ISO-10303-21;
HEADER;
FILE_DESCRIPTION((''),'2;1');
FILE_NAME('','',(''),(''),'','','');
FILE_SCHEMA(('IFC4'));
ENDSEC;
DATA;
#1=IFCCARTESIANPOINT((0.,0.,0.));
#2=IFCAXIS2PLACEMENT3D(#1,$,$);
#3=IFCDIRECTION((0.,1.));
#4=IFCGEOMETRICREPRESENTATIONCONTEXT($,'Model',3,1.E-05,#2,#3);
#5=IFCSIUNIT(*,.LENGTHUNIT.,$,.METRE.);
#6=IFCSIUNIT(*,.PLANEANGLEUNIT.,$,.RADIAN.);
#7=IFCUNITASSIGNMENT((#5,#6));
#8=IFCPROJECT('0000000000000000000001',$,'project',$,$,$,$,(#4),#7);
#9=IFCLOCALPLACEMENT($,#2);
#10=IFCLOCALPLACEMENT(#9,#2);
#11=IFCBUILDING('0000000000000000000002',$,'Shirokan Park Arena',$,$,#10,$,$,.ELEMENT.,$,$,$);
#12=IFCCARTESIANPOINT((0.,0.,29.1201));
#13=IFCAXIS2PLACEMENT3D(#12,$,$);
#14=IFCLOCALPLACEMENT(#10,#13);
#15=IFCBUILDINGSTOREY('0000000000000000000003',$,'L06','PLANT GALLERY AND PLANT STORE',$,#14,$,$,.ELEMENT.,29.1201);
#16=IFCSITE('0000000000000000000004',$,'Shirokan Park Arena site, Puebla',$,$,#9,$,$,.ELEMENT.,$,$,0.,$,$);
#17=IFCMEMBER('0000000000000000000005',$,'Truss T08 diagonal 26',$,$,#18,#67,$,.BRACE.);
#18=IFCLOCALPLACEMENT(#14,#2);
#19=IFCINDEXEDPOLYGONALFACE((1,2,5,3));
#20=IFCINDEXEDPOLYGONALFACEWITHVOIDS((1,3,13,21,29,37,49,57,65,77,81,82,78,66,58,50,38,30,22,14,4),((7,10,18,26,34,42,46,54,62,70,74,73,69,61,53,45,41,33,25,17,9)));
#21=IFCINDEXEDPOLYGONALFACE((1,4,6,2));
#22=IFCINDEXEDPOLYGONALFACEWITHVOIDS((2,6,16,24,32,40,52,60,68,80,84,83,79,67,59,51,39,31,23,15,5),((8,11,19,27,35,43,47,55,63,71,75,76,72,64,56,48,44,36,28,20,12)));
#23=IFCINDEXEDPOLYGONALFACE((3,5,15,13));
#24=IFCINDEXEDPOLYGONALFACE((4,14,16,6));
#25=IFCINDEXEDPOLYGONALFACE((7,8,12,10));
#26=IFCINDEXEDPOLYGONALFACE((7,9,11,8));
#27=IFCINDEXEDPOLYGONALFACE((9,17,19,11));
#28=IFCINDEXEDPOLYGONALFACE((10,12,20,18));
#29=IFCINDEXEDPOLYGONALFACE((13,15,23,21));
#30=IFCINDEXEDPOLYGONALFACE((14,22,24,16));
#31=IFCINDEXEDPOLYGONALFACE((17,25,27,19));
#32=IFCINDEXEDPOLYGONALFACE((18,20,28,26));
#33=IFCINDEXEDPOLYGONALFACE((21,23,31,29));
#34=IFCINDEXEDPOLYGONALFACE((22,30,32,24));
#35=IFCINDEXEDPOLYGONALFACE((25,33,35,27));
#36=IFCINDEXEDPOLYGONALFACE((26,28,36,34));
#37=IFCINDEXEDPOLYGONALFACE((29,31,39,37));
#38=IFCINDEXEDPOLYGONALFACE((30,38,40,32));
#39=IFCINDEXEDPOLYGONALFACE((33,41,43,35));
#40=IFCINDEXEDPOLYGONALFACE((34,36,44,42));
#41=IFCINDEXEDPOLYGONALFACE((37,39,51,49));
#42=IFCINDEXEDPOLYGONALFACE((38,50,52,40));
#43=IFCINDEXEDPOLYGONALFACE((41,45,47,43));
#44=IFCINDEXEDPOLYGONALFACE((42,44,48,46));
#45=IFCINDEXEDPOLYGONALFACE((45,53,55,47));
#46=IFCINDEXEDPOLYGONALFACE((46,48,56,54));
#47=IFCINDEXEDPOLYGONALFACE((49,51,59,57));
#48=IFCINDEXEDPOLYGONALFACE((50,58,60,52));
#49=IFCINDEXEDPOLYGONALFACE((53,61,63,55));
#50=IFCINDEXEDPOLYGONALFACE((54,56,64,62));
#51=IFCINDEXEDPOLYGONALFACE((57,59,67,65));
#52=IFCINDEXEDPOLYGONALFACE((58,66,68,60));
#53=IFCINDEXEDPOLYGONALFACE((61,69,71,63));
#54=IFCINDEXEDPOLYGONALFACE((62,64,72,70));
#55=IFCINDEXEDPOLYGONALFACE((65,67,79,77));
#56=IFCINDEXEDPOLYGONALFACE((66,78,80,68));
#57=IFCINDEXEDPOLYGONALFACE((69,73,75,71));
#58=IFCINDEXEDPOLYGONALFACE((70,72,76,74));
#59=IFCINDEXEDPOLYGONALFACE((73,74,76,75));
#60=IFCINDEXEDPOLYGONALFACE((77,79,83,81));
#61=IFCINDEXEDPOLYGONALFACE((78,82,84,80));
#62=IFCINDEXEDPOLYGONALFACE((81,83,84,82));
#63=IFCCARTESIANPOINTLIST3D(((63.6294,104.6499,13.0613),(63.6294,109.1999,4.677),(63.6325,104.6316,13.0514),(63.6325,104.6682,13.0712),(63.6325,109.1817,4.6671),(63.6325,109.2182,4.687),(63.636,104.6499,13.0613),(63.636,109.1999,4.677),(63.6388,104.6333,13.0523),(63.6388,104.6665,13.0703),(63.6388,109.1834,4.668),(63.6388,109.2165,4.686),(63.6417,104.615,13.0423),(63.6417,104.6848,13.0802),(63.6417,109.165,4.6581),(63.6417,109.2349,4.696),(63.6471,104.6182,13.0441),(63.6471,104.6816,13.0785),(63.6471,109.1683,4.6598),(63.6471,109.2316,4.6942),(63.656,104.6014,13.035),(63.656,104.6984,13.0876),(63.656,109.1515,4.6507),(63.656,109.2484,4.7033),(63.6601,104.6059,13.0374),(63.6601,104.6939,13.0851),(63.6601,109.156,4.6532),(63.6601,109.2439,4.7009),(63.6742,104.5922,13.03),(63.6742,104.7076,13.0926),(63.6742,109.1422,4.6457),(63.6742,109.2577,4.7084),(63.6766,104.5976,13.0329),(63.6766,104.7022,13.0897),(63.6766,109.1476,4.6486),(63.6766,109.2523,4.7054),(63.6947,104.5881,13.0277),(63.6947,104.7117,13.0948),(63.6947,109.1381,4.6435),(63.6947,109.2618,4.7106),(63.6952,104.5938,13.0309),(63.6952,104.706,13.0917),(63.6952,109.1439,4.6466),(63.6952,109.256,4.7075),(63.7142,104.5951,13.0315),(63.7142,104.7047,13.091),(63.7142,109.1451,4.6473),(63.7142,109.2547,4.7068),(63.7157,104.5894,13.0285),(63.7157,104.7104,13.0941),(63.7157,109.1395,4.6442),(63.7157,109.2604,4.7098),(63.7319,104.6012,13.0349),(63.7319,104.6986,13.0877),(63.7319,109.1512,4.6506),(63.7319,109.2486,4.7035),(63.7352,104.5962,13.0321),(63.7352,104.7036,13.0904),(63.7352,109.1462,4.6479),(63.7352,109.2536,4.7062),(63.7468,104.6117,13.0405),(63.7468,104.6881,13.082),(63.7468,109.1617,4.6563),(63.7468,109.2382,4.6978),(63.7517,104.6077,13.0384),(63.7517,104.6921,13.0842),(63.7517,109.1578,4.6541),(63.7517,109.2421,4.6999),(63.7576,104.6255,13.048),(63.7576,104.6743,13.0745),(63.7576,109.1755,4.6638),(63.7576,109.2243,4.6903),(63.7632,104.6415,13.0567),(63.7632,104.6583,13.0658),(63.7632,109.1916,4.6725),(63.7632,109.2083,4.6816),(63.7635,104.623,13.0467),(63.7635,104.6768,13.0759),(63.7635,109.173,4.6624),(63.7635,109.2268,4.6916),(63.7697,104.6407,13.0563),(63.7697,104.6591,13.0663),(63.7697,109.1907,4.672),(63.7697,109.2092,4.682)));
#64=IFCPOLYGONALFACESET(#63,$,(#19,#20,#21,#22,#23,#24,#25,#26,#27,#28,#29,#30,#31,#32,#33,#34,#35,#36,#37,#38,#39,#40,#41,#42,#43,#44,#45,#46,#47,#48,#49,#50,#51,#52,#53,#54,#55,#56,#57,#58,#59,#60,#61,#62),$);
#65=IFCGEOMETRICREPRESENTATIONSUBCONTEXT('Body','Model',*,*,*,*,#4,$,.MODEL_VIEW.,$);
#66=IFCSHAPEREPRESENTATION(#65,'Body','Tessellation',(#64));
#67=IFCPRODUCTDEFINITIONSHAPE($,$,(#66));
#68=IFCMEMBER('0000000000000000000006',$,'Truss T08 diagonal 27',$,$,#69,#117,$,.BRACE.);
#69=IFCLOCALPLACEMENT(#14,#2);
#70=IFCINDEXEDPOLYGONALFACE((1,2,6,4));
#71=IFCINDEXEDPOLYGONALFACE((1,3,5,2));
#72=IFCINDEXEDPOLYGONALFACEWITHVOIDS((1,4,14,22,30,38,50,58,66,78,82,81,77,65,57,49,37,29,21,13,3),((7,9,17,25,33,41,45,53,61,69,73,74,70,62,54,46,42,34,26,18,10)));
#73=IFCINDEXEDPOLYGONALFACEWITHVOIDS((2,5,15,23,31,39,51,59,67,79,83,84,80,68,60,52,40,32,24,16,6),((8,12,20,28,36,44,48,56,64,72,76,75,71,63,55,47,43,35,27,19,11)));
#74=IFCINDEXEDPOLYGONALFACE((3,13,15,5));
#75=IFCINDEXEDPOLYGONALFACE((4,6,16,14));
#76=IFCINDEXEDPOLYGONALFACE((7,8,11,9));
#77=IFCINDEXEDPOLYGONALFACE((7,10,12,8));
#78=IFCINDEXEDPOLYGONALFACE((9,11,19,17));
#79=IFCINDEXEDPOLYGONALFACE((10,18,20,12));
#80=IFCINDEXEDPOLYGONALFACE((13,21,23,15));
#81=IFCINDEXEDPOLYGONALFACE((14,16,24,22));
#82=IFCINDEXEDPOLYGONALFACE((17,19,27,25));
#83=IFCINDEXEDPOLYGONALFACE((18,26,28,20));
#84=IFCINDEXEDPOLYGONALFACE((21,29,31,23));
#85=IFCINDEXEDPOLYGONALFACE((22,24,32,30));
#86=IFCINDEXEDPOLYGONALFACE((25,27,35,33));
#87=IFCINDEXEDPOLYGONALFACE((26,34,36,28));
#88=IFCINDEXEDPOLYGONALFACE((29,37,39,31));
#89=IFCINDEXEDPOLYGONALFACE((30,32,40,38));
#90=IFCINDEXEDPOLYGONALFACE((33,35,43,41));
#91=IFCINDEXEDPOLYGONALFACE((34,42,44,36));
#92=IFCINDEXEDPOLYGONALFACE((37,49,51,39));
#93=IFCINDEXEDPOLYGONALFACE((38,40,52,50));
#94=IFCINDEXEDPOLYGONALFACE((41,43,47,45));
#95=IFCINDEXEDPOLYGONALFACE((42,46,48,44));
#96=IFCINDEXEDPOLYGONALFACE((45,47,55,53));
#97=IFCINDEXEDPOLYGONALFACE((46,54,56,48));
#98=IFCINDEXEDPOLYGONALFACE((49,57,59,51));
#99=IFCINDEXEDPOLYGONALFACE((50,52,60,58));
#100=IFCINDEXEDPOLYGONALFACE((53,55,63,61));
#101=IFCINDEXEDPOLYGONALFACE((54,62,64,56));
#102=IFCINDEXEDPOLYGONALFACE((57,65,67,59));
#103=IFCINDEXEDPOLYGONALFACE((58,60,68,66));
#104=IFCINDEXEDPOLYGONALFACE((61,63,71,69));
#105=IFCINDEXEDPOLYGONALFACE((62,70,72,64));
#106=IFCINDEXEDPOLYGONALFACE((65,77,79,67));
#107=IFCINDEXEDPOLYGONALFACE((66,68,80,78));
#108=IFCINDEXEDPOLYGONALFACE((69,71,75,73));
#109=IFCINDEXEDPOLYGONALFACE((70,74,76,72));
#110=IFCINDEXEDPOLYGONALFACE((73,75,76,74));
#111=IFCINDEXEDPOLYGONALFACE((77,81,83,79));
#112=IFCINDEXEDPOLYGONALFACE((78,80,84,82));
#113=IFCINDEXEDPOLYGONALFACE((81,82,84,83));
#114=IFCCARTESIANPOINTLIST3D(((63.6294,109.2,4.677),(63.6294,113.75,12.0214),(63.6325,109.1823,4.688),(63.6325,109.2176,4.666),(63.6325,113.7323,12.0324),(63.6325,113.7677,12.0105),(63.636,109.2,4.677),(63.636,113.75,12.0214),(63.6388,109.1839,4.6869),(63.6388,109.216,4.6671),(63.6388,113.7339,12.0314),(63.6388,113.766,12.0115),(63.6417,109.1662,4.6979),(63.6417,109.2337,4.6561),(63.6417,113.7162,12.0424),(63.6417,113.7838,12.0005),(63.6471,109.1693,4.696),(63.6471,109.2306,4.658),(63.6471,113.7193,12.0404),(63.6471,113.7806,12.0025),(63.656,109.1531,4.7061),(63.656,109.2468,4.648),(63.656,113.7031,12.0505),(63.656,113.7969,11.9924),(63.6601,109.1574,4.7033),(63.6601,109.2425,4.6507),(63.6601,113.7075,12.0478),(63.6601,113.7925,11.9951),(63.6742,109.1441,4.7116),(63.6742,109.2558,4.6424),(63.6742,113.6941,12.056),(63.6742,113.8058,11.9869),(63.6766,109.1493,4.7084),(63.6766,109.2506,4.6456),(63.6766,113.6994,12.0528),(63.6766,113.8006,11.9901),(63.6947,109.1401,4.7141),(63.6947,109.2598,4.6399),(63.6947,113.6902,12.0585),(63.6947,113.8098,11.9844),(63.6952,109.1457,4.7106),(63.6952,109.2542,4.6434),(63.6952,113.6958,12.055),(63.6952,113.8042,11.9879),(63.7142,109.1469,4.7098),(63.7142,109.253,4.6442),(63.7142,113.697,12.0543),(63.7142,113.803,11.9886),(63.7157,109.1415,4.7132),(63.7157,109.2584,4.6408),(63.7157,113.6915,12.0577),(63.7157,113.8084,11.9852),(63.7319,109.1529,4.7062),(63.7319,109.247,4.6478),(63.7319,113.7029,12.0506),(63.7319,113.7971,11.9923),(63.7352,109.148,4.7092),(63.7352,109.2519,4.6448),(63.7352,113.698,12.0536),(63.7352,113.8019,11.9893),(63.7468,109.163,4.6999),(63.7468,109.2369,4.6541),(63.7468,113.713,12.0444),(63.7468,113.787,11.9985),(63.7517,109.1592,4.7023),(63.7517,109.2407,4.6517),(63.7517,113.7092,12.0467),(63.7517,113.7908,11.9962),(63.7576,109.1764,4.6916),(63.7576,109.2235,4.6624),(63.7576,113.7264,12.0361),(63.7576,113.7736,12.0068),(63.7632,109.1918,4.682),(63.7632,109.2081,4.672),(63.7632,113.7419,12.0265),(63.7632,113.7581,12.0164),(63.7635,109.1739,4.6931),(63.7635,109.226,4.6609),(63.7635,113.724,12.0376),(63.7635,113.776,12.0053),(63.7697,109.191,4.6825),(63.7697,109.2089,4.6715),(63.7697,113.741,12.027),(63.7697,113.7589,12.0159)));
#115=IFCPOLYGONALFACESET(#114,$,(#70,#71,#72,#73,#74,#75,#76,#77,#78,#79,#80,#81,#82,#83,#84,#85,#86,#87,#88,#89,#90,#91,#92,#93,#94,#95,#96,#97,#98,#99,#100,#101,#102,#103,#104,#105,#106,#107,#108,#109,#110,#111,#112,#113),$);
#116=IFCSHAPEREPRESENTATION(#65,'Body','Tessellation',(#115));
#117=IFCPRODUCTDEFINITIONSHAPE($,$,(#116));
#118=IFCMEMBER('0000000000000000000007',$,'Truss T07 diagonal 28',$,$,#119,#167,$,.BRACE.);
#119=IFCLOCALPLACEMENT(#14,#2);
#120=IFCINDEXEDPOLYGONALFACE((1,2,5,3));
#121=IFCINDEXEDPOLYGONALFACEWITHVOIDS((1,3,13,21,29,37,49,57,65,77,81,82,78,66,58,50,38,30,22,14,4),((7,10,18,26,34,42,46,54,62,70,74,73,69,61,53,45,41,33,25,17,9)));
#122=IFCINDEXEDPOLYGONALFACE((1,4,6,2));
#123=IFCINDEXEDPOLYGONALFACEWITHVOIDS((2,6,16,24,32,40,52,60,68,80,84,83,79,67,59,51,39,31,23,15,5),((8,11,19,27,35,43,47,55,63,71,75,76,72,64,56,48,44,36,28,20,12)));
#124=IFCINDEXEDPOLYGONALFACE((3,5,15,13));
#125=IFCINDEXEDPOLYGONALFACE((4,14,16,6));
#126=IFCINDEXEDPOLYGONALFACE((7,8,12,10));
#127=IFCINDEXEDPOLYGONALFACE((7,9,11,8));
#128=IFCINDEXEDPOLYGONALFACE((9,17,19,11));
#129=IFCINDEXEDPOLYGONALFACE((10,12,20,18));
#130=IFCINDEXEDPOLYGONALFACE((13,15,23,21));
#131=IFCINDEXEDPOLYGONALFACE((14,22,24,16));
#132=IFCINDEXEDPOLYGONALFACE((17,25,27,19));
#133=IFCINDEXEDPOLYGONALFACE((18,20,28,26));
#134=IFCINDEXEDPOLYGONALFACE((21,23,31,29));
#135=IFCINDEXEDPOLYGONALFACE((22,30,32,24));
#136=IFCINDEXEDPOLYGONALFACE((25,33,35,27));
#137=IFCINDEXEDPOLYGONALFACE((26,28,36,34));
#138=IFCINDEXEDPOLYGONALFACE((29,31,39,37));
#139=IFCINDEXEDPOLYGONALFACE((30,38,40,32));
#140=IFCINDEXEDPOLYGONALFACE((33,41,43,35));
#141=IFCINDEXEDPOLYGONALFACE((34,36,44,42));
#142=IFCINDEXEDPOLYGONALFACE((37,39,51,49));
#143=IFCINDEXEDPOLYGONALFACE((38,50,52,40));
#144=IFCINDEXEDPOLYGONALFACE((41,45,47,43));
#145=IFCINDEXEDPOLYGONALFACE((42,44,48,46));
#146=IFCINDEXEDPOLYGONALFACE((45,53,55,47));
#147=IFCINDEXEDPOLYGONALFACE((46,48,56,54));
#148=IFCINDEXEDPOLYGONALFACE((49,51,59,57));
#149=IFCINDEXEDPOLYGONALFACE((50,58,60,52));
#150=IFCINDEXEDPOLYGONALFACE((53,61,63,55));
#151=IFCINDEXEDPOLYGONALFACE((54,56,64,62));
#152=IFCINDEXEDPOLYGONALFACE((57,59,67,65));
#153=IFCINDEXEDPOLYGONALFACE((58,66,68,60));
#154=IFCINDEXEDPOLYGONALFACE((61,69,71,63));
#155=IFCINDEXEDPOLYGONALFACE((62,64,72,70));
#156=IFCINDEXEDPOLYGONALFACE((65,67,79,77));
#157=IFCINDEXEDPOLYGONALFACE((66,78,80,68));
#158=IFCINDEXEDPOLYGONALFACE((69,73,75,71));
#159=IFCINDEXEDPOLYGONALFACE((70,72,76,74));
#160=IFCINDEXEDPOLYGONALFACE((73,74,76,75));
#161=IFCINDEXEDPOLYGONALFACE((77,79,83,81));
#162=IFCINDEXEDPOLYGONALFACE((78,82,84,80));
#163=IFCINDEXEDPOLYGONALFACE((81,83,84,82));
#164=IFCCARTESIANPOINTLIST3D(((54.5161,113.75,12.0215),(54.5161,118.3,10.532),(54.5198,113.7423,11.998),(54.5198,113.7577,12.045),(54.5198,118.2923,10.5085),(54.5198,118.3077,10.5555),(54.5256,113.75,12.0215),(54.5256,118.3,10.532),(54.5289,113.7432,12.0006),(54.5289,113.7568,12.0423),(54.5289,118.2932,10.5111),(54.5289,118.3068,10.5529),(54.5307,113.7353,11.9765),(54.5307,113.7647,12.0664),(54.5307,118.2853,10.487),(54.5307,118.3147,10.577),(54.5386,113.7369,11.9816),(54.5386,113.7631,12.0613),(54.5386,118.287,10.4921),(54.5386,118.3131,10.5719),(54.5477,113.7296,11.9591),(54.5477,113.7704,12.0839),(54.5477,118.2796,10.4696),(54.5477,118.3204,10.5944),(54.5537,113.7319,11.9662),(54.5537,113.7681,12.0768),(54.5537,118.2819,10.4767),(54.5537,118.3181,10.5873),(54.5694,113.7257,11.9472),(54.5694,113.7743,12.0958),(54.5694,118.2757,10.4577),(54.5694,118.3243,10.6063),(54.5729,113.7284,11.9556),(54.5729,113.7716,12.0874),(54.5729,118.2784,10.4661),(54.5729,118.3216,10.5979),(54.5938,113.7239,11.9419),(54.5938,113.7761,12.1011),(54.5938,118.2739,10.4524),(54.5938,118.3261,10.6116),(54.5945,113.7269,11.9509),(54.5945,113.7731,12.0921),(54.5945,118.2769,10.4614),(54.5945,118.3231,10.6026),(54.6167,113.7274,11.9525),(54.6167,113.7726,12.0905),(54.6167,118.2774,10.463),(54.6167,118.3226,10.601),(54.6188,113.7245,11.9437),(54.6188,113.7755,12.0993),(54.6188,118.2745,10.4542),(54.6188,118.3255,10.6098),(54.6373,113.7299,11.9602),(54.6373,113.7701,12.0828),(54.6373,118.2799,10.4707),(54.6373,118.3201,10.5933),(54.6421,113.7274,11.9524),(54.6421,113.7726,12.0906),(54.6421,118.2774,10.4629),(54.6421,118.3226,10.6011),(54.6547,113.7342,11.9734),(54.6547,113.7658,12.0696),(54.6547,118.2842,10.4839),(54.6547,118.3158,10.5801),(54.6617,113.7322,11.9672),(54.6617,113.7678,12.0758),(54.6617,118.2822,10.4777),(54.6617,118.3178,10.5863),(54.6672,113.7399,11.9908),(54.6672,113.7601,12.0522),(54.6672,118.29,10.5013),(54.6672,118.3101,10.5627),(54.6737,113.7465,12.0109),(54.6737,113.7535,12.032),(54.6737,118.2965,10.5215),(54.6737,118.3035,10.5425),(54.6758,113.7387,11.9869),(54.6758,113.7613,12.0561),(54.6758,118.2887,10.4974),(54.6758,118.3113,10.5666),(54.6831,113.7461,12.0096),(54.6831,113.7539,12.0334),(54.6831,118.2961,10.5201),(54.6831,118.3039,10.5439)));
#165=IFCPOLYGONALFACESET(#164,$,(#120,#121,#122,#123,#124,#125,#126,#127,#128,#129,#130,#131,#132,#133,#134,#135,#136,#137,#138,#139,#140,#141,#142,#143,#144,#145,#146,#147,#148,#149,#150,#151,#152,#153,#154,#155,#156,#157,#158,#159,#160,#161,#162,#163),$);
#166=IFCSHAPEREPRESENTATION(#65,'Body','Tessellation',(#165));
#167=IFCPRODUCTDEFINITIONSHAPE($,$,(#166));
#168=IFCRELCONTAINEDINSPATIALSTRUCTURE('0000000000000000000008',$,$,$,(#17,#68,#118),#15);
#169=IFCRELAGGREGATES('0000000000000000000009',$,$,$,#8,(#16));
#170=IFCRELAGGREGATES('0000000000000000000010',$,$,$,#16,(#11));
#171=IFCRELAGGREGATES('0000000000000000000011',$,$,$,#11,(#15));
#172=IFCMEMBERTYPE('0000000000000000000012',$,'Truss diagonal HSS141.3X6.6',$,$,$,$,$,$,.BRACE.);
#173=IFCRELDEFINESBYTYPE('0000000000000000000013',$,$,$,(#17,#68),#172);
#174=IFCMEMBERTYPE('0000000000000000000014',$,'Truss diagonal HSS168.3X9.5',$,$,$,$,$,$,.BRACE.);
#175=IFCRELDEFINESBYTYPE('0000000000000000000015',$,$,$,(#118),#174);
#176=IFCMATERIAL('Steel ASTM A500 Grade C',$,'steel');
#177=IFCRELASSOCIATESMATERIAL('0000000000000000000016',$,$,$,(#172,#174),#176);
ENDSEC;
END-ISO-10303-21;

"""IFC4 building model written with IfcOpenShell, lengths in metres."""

from ifc_helpers import new_model, si_unit, direction, frame, origin, origin_2d, place, context, subcontext, project, spatial, hollow_circle, extrude, material, material_profile, profile_set, type_object, element, save


model = new_model("IFC4")

# Units and contexts
model_context = context("Model", 3, precision=1e-05, world=origin(), true_north=direction((0.0, 1.0)))
body_context = subcontext(model_context, "Body", "Model", "MODEL_VIEW")
ifc_project = project(units=[si_unit("LENGTHUNIT", "METRE"), si_unit("PLANEANGLEUNIT", "RADIAN")], contexts=[model_context])

# Site, building, storey
site_placement = place(None, origin())
site = spatial("IfcSite", under=ifc_project, at=site_placement, Name="Shirokan Park Arena site, Puebla", CompositionType="ELEMENT", RefElevation=0.0)
building_placement = place(site_placement, origin())
building = spatial("IfcBuilding", under=site, at=building_placement, Name="Shirokan Park Arena", CompositionType="ELEMENT")
storey_placement = place(building_placement, frame((0.0, 0.0, 29.1201)))
storey = spatial("IfcBuildingStorey", under=building, at=storey_placement, Name="L06", Description="PLANT GALLERY AND PLANT STORE", CompositionType="ELEMENT", Elevation=29.1201)

# Shared definitions
ifc_material_1 = material(Name="Steel ASTM A500 Grade C", Category="steel")

# Members
ifc_material_profile_1 = material_profile(ifc_material_1, hollow_circle(Radius=0.0706, WallThickness=0.0066, at=origin_2d()), Name="HSS141.3X6.6")
ifc_profile_set_1 = profile_set([ifc_material_profile_1], Name="Steel ASTM A500 Grade C")
member_type_1 = type_object("IfcMemberType", Name="Truss diagonal HSS141.3X6.6", PredefinedType="BRACE", material=ifc_profile_set_1)
member_1_placement = place(storey_placement, frame((63.7, 104.6499, 13.0613), z_axis=(0.0, 0.476977, -0.878916), x_axis=(-1.0, 0.0, 0.0)))
element("IfcMember", 1, at=member_1_placement, inside=storey, type_object=member_type_1, Name="Truss T08 diagonal 26", PredefinedType="BRACE", context=body_context, shape_type="SweptSolid", body=[
    extrude(hollow_circle(Radius=0.0706, WallThickness=0.0066, at=origin_2d()), origin(), (0.0, 0.0, 1.0), 9.5393),
])
member_2_placement = place(storey_placement, frame((63.7, 109.2, 4.677), z_axis=(0.0, 0.526644, 0.850086), x_axis=(-1.0, 0.0, 0.0)))
element("IfcMember", 2, at=member_2_placement, inside=storey, type_object=member_type_1, Name="Truss T08 diagonal 27", PredefinedType="BRACE", context=body_context, shape_type="SweptSolid", body=[
    extrude(hollow_circle(Radius=0.0706, WallThickness=0.0066, at=origin_2d()), origin(), (0.0, 0.0, 1.0), 8.6396),
])
ifc_material_profile_2 = material_profile(ifc_material_1, hollow_circle(Radius=0.084, WallThickness=0.0095, at=origin_2d()), Name="HSS168.3X9.5")
ifc_profile_set_2 = profile_set([ifc_material_profile_2], Name="Steel ASTM A500 Grade C")
member_type_2 = type_object("IfcMemberType", Name="Truss diagonal HSS168.3X9.5", PredefinedType="BRACE", material=ifc_profile_set_2)
for number, where, z_axis, x_axis, name in (
    (3, (54.6001, 113.75, 12.0215), (0.0, 0.950373, -0.311114), (-1.0, 0.0, 0.0), "Truss T07 diagonal 28"),
):
    element("IfcMember", number, at=place(storey_placement, frame(where, z_axis=z_axis, x_axis=x_axis)), inside=storey, type_object=member_type_2, Name=name, PredefinedType="BRACE", context=body_context, shape_type="SweptSolid", body=[
        extrude(hollow_circle(Radius=0.084, WallThickness=0.0095, at=origin_2d()), origin(), (0.0, 0.0, 1.0), 4.7876),
    ])

save(model, "model.ifc")
